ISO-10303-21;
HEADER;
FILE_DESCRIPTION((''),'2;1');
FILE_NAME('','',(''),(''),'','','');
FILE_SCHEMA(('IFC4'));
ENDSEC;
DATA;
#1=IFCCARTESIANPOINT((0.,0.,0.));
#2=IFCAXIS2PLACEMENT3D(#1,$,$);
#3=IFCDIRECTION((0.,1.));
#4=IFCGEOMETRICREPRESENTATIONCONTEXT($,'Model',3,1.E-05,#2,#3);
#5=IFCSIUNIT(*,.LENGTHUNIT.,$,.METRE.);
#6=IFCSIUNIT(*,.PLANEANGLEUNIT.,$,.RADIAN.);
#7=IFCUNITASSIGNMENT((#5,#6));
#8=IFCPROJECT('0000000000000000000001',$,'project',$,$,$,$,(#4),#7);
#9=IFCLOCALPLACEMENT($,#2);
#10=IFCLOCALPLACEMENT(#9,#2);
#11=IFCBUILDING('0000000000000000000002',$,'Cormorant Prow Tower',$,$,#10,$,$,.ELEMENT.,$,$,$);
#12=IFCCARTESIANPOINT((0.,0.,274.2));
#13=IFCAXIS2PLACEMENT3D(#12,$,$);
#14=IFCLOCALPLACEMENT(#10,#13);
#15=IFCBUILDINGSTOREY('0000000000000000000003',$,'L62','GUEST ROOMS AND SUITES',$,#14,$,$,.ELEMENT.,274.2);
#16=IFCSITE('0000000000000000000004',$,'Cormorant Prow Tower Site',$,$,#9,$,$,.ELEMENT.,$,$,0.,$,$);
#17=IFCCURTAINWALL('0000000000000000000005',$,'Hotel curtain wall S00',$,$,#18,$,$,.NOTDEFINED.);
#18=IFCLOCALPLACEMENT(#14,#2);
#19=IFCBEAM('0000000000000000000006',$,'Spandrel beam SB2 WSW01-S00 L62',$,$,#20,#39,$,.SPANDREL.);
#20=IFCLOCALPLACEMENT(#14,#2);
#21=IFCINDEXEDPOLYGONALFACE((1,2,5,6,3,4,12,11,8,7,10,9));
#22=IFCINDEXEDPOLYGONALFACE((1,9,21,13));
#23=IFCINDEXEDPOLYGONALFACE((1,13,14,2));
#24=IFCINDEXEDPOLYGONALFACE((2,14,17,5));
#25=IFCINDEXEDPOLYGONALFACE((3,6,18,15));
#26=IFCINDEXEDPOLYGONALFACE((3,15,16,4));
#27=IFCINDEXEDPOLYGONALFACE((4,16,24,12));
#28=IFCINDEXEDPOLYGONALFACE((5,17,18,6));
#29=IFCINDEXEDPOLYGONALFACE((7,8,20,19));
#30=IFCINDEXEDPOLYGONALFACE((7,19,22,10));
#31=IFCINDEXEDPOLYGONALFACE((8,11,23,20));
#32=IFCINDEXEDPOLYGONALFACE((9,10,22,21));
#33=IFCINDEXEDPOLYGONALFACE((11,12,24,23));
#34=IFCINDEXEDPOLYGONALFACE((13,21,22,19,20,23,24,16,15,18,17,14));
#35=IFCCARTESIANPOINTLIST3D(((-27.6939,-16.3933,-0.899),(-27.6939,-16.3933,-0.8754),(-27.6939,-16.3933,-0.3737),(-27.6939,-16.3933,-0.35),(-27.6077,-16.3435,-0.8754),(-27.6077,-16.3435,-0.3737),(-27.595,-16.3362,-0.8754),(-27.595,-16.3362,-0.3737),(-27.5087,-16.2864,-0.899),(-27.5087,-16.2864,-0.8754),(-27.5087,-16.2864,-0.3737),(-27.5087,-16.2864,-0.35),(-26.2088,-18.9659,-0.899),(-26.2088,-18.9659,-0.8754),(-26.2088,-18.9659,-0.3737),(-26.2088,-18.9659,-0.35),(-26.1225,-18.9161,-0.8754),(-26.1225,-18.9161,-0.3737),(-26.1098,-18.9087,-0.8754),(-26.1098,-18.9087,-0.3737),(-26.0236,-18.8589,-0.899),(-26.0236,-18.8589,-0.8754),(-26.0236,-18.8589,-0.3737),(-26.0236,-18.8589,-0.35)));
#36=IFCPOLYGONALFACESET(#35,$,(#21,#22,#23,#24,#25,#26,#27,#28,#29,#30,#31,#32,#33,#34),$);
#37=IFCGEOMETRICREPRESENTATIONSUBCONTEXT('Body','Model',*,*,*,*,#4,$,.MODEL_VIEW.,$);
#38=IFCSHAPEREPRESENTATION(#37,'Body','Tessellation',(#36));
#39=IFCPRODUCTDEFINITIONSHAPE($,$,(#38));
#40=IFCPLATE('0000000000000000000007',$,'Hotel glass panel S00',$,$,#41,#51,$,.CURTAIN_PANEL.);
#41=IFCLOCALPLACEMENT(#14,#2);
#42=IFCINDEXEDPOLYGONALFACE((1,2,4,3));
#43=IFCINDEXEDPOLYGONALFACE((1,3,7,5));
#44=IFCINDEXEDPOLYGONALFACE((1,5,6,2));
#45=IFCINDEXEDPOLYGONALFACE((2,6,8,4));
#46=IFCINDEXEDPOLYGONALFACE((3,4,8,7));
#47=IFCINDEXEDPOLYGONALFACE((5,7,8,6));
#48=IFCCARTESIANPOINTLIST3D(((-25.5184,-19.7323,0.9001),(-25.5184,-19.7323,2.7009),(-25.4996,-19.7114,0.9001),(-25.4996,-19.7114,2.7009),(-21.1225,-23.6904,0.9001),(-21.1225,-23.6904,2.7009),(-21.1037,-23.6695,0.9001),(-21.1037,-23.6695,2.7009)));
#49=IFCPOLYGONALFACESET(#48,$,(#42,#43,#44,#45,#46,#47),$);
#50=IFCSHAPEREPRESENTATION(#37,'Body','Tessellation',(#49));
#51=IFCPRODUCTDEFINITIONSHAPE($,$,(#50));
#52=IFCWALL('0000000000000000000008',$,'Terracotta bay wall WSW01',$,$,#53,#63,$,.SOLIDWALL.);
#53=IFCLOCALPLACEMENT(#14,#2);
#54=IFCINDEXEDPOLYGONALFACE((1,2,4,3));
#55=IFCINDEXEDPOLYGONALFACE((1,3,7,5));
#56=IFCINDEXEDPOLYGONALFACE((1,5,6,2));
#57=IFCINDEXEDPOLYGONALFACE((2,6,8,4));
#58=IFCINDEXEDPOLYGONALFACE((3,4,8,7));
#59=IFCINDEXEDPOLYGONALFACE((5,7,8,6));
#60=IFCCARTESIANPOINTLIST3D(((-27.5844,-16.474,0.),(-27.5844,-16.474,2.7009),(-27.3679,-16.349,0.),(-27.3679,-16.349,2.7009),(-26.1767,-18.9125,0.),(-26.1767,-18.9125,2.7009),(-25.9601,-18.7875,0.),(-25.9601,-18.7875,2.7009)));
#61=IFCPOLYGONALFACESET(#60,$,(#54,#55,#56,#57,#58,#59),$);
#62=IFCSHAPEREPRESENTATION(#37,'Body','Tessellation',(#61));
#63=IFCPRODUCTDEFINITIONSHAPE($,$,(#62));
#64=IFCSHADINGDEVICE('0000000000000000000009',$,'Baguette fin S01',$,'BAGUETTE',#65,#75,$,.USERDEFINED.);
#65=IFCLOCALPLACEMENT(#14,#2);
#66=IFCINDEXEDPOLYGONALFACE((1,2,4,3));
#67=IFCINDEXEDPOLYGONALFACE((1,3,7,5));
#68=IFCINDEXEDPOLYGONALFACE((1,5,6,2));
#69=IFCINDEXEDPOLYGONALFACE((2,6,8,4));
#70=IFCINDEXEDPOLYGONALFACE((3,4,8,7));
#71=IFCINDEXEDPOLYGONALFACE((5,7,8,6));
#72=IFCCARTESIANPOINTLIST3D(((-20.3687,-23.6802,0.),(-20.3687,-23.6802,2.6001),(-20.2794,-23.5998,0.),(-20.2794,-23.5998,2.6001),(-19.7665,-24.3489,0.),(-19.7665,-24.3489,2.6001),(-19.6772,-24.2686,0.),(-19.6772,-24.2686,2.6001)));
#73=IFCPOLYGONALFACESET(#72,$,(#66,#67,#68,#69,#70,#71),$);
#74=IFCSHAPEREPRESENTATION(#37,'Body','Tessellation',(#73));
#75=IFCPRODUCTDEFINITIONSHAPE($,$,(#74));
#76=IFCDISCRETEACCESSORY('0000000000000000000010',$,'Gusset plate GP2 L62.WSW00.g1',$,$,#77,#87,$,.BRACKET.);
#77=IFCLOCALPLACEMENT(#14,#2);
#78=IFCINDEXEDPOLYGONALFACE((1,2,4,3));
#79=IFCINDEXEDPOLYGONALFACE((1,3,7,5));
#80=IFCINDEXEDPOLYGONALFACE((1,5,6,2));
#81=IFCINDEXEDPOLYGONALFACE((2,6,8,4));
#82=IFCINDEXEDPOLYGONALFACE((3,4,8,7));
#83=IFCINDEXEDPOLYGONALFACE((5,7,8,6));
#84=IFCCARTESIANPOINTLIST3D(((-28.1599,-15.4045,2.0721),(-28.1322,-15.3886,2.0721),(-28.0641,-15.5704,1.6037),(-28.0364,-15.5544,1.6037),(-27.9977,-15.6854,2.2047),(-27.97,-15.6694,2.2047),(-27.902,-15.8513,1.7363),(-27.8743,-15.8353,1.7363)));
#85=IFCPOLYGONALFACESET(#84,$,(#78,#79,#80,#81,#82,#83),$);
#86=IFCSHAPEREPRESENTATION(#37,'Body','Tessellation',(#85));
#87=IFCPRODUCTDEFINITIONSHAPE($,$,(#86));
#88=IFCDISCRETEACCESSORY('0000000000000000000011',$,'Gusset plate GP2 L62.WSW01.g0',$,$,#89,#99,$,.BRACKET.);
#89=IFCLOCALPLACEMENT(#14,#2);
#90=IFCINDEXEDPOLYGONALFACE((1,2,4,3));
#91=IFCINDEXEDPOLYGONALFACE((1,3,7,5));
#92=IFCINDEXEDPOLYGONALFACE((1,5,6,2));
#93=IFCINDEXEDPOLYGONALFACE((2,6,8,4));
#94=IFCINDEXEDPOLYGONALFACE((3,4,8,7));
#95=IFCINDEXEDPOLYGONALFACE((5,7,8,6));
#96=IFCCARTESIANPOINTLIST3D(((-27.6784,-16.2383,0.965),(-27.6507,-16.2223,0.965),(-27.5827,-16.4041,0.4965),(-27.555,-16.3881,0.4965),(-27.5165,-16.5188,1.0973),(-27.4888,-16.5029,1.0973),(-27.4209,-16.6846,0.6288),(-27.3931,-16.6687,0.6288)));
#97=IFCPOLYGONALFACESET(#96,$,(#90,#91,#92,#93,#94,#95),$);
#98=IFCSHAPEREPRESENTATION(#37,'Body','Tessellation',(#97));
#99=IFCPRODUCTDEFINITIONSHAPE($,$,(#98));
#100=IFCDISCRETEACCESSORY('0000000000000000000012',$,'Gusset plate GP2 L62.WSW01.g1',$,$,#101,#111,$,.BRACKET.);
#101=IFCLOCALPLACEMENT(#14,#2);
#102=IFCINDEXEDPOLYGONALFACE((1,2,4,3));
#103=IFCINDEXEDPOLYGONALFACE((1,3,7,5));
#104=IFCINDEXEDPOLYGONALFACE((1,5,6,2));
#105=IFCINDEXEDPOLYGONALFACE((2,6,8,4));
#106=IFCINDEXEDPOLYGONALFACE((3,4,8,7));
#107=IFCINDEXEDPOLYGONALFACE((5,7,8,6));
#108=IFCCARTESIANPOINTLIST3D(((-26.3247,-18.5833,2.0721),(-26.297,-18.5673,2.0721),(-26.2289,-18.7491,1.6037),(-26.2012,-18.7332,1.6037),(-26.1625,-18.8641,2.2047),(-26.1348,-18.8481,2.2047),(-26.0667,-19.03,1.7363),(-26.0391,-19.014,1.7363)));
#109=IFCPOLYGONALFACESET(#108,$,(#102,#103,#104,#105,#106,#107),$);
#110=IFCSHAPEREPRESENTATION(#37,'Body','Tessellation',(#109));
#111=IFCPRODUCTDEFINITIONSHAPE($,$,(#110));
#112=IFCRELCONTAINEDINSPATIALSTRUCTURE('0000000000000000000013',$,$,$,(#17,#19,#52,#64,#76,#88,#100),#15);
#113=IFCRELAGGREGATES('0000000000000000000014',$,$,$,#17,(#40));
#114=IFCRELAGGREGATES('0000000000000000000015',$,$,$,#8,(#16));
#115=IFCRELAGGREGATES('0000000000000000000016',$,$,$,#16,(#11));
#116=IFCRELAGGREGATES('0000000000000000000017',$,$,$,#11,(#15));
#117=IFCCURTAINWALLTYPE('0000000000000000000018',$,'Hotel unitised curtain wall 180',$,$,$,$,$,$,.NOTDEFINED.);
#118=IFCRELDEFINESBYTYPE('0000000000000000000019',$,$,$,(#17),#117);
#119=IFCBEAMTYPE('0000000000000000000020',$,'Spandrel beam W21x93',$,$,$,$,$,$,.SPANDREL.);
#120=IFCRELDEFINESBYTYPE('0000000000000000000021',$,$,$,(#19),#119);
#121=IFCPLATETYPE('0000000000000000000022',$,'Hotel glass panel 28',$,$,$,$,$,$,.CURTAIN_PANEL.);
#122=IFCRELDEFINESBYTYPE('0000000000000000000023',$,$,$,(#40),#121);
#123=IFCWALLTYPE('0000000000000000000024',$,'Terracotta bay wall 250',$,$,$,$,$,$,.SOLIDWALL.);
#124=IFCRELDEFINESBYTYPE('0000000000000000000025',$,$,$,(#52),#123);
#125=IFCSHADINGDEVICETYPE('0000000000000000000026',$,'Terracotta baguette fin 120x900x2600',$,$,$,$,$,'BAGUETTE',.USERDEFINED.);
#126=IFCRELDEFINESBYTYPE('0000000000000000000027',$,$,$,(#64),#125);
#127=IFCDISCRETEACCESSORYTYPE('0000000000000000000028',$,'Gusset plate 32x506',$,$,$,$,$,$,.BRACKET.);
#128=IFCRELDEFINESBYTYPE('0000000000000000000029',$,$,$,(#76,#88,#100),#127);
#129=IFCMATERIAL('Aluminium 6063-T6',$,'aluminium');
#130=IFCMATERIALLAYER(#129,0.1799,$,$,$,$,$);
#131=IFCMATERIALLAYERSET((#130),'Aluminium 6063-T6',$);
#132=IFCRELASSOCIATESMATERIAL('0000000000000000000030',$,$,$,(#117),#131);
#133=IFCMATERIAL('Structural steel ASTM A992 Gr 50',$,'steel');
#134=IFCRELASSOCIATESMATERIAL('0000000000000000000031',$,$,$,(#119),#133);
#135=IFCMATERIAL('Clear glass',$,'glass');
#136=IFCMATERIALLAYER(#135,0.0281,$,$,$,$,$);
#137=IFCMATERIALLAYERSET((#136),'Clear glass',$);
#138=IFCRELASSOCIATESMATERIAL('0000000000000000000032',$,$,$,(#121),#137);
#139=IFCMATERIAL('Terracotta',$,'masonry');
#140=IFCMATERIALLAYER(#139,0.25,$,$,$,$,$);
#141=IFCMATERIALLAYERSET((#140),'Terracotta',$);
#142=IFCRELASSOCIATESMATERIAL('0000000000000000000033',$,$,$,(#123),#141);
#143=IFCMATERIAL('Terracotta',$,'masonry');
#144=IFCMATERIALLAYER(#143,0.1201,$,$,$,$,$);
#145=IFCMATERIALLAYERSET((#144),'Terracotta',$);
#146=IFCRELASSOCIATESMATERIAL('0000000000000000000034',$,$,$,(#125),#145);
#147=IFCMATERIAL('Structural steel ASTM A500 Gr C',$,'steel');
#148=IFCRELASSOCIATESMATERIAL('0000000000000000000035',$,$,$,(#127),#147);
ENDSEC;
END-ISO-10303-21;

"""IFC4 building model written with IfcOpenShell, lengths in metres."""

from ifc_helpers import new_model, si_unit, direction, frame, frame_2d, origin, origin_2d, place, context, subcontext, project, spatial, rectangle, i_section, extrude, material, layer, layer_set, material_profile, profile_set, type_object, element, aggregate, save


model = new_model("IFC4")

# Units and contexts
model_context = context("Model", 3, precision=1e-05, world=origin(), true_north=direction((0.0, 1.0)))
body_context = subcontext(model_context, "Body", "Model", "MODEL_VIEW")
ifc_project = project(units=[si_unit("LENGTHUNIT", "METRE"), si_unit("PLANEANGLEUNIT", "RADIAN")], contexts=[model_context])

# Site, building, storey
site_placement = place(None, origin())
site = spatial("IfcSite", under=ifc_project, at=site_placement, Name="Cormorant Prow Tower Site", CompositionType="ELEMENT", RefElevation=0.0)
building_placement = place(site_placement, origin())
building = spatial("IfcBuilding", under=site, at=building_placement, Name="Cormorant Prow Tower", CompositionType="ELEMENT")
storey_placement = place(building_placement, frame((0.0, 0.0, 274.2)))
storey = spatial("IfcBuildingStorey", under=building, at=storey_placement, Name="L62", Description="GUEST ROOMS AND SUITES", CompositionType="ELEMENT", Elevation=274.2)

# Curtain wall
ifc_material_1 = material(Name="Aluminium 6063-T6", Category="aluminium")
ifc_layer_1 = layer(ifc_material_1, 0.1799)
ifc_layer_set_1 = layer_set([ifc_layer_1], Name="Aluminium 6063-T6")
curtain_wall_type = type_object("IfcCurtainWallType", Name="Hotel unitised curtain wall 180", PredefinedType="NOTDEFINED", material=ifc_layer_set_1)
curtain_wall_1_placement = place(storey_placement, origin())
curtain_wall_1 = element("IfcCurtainWall", 1, at=curtain_wall_1_placement, inside=storey, type_object=curtain_wall_type, Name="Hotel curtain wall S00", PredefinedType="NOTDEFINED")

# Beam
ifc_material_2 = material(Name="Structural steel ASTM A992 Gr 50", Category="steel")
ifc_material_profile_1 = material_profile(ifc_material_2, i_section(OverallWidth=0.2139, OverallDepth=0.5491, WebThickness=0.0146, FlangeThickness=0.0237, at=origin_2d()), Name="W21x93")
ifc_profile_set_1 = profile_set([ifc_material_profile_1], Name="Structural steel ASTM A992 Gr 50")
beam_type = type_object("IfcBeamType", Name="Spandrel beam W21x93", PredefinedType="SPANDREL", material=ifc_profile_set_1)
beam_placement = place(storey_placement, frame((-27.6013, -16.3398, -0.6245), z_axis=(0.499967, -0.866045, 0.0), x_axis=(0.866045, 0.499967, 0.0)))
element("IfcBeam", 2, at=beam_placement, inside=storey, type_object=beam_type, Name="Spandrel beam SB2 WSW01-S00 L62", PredefinedType="SPANDREL", context=body_context, shape_type="SweptSolid", body=[
    extrude(i_section(OverallWidth=0.2139, OverallDepth=0.5491, WebThickness=0.0146, FlangeThickness=0.0237, at=origin_2d()), origin(), (0.0, 0.0, 1.0), 2.9705),
])

# Plate
ifc_material_3 = material(Name="Clear glass", Category="glass")
ifc_layer_2 = layer(ifc_material_3, 0.0281)
ifc_layer_set_2 = layer_set([ifc_layer_2], Name="Clear glass")
plate_type = type_object("IfcPlateType", Name="Hotel glass panel 28", PredefinedType="CURTAIN_PANEL", material=ifc_layer_set_2)
plate_placement = place(storey_placement, frame((-23.311, -21.7009, 0.9001), z_axis=(0.0, 0.0, 1.0), x_axis=(0.743145, -0.669131, 0.0)))
plate = element("IfcPlate", 3, at=plate_placement, type_object=plate_type, Name="Hotel glass panel S00", PredefinedType="CURTAIN_PANEL", context=body_context, shape_type="SweptSolid", body=[
    extrude(rectangle(XDim=5.9153, YDim=0.0281, at=origin_2d()), origin(), (0.0, 0.0, 1.0), 1.8008),
])
aggregate(curtain_wall_1, [plate])

# Wall
ifc_material_4 = material(Name="Terracotta", Category="masonry")
ifc_layer_3 = layer(ifc_material_4, 0.25)
ifc_layer_set_3 = layer_set([ifc_layer_3], Name="Terracotta")
wall_type_1 = type_object("IfcWallType", Name="Terracotta bay wall 250", PredefinedType="SOLIDWALL", material=ifc_layer_set_3)
wall_1_placement = place(storey_placement, frame((-27.4761, -16.4116, 0.0), z_axis=(0.0, 0.0, 1.0), x_axis=(0.499963, -0.866047, 0.0)))
element("IfcWall", 4, at=wall_1_placement, inside=storey, type_object=wall_type_1, Name="Terracotta bay wall WSW01", PredefinedType="SOLIDWALL", context=body_context, shape_type="SweptSolid", body=[
    extrude(rectangle(XDim=2.8157, YDim=0.25, at=frame_2d((1.4077, 0.0))), origin(), (0.0, 0.0, 1.0), 2.7009),
])

# Shading device
ifc_material_5 = material(Name="Terracotta", Category="masonry")
ifc_layer_4 = layer(ifc_material_5, 0.1201)
ifc_layer_set_4 = layer_set([ifc_layer_4], Name="Terracotta")
shading_device_type = type_object("IfcShadingDeviceType", Name="Terracotta baguette fin 120x900x2600", ElementType="BAGUETTE", PredefinedType="USERDEFINED", material=ifc_layer_set_4)
shading_device_placement = place(storey_placement, frame((-20.0229, -23.9744, 0.0), z_axis=(0.0, 0.0, 1.0), x_axis=(0.743145, 0.669131, 0.0)))
element("IfcShadingDevice", 5, at=shading_device_placement, inside=storey, type_object=shading_device_type, Name="Baguette fin S01", ObjectType="BAGUETTE", PredefinedType="USERDEFINED", context=body_context, shape_type="SweptSolid", body=[
    extrude(rectangle(XDim=0.1201, YDim=0.8999, at=origin_2d()), origin(), (0.0, 0.0, 1.0), 2.6001),
])

# Discrete accessories
ifc_material_6 = material(Name="Structural steel ASTM A500 Gr C", Category="steel")
ifc_material_profile_2 = material_profile(ifc_material_6, rectangle(XDim=0.032, YDim=0.5061, at=origin_2d()), Name="Gusset plate 32x506")
ifc_profile_set_2 = profile_set([ifc_material_profile_2], Name="Structural steel ASTM A500 Gr C")
discrete_accessory_type = type_object("IfcDiscreteAccessoryType", Name="Gusset plate 32x506", PredefinedType="BRACKET", material=ifc_profile_set_2)
discrete_accessory_1_placement = place(storey_placement, frame((-28.0981, -15.4795, 1.8379), z_axis=(0.462828, -0.801584, 0.378487), x_axis=(0.86601, 0.500027, 0.0)))
element("IfcDiscreteAccessory", 6, at=discrete_accessory_1_placement, inside=storey, type_object=discrete_accessory_type, Name="Gusset plate GP2 L62.WSW00.g1", PredefinedType="BRACKET", context=body_context, shape_type="SweptSolid", body=[
    extrude(rectangle(XDim=0.032, YDim=0.5061, at=origin_2d()), origin(), (0.0, 0.0, 1.0), 0.3503),
])
discrete_accessory_2_placement = place(storey_placement, frame((-27.4548, -16.5938, 0.863), z_axis=(-0.462661, 0.801806, -0.378223), x_axis=(-0.866148, -0.499788, 0.0)))
element("IfcDiscreteAccessory", 7, at=discrete_accessory_2_placement, inside=storey, type_object=discrete_accessory_type, Name="Gusset plate GP2 L62.WSW01.g0", PredefinedType="BRACKET", context=body_context, shape_type="SweptSolid", body=[
    extrude(rectangle(XDim=0.032, YDim=0.5061, at=origin_2d()), origin(), (0.0, 0.0, 1.0), 0.3499),
])
discrete_accessory_3_placement = place(storey_placement, frame((-26.2629, -18.6582, 1.8379), z_axis=(0.462828, -0.801584, 0.378487), x_axis=(0.86601, 0.500027, 0.0)))
element("IfcDiscreteAccessory", 8, at=discrete_accessory_3_placement, inside=storey, type_object=discrete_accessory_type, Name="Gusset plate GP2 L62.WSW01.g1", PredefinedType="BRACKET", context=body_context, shape_type="SweptSolid", body=[
    extrude(rectangle(XDim=0.032, YDim=0.5061, at=origin_2d()), origin(), (0.0, 0.0, 1.0), 0.3503),
])

save(model, "model.ifc")
